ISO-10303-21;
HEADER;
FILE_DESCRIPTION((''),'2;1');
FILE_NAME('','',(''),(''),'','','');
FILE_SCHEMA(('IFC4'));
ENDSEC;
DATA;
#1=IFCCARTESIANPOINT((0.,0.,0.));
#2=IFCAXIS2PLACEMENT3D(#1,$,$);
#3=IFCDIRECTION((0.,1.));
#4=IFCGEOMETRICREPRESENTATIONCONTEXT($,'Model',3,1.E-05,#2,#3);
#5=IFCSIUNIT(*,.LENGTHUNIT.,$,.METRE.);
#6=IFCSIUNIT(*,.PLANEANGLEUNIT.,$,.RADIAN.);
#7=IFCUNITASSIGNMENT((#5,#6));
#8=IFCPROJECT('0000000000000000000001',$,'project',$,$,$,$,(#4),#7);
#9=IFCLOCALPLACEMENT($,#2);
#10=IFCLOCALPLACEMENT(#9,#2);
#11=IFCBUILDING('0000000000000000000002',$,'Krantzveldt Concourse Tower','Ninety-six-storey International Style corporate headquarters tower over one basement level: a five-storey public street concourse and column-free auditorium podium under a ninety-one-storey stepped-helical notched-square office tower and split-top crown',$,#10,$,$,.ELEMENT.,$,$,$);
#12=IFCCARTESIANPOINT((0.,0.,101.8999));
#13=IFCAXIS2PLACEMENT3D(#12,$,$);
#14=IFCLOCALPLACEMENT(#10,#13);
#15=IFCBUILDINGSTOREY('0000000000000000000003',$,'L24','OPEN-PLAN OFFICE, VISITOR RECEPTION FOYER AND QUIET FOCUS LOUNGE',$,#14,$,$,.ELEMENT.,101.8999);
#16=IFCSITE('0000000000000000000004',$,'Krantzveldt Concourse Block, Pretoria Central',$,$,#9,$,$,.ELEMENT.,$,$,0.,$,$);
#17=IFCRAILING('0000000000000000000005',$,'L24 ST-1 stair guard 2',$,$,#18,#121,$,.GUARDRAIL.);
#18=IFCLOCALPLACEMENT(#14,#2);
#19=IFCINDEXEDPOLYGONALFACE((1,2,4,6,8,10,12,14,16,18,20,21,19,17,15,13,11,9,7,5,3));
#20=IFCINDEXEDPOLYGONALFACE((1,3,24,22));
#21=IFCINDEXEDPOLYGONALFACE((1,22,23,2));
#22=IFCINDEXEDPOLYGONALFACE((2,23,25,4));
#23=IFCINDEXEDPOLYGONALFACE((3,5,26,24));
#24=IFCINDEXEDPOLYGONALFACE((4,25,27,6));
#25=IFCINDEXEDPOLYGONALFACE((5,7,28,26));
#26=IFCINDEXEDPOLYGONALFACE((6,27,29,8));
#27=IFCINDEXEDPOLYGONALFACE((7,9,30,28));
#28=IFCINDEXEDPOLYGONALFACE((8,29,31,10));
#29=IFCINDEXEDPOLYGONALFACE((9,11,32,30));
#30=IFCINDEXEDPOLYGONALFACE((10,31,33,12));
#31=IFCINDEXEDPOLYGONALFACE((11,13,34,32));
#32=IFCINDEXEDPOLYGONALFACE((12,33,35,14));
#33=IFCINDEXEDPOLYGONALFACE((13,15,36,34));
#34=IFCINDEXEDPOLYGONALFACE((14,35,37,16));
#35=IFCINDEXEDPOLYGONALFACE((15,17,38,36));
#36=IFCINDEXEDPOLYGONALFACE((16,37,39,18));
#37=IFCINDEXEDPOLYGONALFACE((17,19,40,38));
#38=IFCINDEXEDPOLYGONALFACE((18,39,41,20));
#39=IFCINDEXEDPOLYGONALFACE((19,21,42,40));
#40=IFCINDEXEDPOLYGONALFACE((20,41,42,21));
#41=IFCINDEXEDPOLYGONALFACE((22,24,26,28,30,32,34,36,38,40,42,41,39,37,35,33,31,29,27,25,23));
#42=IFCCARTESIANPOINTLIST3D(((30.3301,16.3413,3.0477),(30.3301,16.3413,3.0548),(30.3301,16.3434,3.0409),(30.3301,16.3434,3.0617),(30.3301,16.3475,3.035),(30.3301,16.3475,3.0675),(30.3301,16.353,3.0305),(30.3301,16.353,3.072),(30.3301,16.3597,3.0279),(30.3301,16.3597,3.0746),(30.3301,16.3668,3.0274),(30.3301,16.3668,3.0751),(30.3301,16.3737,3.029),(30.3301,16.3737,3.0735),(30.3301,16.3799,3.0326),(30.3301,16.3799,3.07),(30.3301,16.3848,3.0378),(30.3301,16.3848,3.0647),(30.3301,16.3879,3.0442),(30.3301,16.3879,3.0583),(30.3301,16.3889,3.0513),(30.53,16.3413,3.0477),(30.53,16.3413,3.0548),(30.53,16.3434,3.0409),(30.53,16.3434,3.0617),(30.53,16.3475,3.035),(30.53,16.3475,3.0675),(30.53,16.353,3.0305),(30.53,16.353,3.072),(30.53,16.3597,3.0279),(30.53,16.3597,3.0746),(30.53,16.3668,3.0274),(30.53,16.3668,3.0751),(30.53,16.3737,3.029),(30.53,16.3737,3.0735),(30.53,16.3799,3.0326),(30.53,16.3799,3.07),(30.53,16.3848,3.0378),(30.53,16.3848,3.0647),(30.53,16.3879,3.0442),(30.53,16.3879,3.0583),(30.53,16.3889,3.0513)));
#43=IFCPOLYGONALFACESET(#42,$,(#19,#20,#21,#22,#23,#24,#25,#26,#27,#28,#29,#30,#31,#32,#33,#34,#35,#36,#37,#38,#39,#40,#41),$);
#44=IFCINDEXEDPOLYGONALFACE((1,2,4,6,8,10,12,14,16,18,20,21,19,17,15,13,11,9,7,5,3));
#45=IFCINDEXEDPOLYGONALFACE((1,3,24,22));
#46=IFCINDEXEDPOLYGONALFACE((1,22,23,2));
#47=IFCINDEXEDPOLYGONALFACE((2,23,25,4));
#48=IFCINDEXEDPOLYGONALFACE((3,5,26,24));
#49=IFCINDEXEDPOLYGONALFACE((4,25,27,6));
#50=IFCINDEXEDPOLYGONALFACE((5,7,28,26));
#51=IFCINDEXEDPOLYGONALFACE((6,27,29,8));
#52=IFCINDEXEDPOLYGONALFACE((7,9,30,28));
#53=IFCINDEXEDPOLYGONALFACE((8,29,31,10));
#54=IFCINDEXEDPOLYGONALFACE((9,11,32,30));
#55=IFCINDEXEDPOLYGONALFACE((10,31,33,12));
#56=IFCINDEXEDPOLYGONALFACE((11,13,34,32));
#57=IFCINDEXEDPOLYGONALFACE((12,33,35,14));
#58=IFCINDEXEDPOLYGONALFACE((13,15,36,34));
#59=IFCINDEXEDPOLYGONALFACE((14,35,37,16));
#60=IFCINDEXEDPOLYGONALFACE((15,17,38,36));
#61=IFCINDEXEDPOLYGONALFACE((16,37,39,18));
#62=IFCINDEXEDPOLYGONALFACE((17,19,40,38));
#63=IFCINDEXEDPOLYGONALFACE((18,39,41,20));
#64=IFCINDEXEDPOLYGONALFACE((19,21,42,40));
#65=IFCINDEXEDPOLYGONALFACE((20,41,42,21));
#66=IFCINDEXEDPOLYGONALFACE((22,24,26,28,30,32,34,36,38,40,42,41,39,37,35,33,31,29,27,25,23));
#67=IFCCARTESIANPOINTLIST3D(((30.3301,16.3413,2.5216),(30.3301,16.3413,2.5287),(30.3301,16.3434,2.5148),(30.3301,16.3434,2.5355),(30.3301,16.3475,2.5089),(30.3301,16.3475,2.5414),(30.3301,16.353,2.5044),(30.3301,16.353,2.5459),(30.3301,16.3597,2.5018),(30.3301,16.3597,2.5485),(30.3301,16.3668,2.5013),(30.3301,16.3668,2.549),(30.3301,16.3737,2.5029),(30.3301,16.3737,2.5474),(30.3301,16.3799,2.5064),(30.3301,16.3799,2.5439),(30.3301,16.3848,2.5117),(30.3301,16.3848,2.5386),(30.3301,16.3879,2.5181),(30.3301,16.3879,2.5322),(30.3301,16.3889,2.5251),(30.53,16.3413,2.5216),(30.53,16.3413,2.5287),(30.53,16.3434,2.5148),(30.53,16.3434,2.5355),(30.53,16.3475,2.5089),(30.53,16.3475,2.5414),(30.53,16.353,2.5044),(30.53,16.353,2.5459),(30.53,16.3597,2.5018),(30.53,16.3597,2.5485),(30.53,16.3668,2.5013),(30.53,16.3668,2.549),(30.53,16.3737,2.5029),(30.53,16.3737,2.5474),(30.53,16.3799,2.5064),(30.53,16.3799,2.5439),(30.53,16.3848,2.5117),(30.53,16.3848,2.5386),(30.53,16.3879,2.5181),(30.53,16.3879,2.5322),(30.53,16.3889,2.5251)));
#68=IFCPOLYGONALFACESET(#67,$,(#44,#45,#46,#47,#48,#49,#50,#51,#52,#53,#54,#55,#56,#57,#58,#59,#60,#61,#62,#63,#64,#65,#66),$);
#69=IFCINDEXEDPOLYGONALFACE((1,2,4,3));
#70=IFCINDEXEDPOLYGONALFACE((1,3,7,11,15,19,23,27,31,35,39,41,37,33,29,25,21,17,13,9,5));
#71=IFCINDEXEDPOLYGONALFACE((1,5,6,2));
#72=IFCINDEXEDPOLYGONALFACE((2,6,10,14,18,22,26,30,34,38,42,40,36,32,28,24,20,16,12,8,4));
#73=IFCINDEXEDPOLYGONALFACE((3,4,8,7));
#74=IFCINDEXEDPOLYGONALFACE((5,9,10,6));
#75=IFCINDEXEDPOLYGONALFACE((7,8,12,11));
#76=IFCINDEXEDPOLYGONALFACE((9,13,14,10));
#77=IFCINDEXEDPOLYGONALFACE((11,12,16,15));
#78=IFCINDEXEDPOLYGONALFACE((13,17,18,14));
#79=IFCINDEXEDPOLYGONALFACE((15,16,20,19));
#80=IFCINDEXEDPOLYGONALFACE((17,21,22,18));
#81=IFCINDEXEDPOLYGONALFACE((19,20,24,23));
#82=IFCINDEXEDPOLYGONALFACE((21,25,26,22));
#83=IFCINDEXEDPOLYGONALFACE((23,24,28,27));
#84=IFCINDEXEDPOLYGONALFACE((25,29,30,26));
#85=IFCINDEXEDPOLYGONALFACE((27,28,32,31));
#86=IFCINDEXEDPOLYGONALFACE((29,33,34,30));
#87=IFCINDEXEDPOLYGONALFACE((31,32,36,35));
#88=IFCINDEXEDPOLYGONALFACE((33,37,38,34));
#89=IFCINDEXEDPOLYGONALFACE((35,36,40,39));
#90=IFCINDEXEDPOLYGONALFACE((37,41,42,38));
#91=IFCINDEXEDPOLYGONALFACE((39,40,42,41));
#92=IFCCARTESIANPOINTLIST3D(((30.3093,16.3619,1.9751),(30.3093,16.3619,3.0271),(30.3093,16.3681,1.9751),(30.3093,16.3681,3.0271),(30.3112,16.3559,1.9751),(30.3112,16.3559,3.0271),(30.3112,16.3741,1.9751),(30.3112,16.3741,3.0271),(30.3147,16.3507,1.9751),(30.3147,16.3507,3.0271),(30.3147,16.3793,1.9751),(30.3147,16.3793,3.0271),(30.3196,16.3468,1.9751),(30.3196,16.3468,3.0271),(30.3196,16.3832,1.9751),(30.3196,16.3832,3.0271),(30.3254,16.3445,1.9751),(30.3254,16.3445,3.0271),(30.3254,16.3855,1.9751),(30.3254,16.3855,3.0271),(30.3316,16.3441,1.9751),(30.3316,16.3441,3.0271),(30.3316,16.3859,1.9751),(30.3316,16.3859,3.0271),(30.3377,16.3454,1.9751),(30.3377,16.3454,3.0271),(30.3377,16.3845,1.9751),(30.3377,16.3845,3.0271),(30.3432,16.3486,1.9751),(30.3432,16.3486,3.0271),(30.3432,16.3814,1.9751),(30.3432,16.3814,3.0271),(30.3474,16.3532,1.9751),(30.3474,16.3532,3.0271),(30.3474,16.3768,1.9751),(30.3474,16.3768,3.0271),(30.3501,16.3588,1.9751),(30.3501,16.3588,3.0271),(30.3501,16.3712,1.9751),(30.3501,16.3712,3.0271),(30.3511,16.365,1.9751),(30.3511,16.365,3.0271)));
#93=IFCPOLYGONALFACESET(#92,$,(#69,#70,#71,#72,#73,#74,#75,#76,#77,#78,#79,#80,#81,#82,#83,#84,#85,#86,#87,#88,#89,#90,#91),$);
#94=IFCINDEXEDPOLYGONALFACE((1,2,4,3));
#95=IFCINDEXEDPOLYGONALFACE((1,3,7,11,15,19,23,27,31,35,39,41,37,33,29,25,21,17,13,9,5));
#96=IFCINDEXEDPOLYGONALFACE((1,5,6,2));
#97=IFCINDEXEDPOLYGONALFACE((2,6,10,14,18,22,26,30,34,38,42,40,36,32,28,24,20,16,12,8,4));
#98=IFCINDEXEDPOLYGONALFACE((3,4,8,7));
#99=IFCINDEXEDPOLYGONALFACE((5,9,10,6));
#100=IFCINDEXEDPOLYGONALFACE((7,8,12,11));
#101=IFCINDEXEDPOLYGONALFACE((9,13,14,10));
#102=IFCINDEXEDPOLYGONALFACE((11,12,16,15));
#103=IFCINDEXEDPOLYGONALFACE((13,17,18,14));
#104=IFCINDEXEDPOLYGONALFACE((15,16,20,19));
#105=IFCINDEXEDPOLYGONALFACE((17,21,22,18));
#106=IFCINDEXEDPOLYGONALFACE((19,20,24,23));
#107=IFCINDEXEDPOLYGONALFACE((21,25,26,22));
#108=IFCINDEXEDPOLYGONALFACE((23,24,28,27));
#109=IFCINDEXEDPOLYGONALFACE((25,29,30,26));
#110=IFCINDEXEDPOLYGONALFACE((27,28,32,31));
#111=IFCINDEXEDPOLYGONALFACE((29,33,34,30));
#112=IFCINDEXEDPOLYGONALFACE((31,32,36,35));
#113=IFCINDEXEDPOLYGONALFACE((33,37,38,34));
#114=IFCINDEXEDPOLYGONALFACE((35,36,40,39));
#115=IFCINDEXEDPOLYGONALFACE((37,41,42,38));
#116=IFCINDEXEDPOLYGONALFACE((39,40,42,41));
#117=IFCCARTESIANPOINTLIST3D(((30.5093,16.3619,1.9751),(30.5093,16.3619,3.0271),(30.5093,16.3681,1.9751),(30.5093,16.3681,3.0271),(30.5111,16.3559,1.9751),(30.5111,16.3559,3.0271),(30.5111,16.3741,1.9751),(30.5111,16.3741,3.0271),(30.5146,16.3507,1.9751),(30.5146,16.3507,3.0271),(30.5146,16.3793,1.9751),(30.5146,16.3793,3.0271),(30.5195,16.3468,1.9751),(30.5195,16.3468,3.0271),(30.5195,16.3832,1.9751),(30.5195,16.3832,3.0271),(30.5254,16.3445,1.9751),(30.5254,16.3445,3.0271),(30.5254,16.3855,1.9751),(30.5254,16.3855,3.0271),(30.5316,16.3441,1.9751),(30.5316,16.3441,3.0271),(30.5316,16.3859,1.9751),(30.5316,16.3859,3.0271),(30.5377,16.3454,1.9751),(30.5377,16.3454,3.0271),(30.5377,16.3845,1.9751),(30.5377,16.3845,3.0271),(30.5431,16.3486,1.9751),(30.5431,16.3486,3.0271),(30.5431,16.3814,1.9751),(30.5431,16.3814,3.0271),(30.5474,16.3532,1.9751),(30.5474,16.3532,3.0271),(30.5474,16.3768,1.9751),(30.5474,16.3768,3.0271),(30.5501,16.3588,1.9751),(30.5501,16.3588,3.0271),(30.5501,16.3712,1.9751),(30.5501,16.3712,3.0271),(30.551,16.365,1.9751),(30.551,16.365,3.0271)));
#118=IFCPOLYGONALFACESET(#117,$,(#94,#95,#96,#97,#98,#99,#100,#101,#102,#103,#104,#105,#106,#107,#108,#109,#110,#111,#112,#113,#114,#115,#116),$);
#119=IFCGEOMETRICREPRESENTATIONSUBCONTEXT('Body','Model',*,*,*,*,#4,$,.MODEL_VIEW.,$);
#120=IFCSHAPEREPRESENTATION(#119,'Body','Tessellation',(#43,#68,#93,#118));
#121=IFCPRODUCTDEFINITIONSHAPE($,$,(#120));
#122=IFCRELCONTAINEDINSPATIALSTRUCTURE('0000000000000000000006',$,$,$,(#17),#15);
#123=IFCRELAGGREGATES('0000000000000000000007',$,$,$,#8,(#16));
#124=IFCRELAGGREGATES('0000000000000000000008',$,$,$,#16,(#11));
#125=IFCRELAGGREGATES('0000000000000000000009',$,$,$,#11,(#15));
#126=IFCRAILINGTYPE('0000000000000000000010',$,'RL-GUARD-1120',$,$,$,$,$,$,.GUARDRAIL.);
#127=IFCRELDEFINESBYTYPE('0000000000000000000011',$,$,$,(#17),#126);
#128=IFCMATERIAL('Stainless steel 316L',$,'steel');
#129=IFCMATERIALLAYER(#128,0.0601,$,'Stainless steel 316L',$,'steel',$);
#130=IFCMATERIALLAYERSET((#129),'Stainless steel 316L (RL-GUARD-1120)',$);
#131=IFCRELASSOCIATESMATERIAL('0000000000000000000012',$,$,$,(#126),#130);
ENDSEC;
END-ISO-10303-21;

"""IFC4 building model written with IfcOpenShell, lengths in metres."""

from ifc_helpers import new_model, si_unit, direction, frame, origin, origin_2d, place, context, subcontext, project, spatial, circle, extrude, material, layer, layer_set, type_object, element, save


model = new_model("IFC4")

# Units and contexts
model_context = context("Model", 3, precision=1e-05, world=origin(), true_north=direction((0.0, 1.0)))
body_context = subcontext(model_context, "Body", "Model", "MODEL_VIEW")
ifc_project = project(units=[si_unit("LENGTHUNIT", "METRE"), si_unit("PLANEANGLEUNIT", "RADIAN")], contexts=[model_context])

# Site, building, storey
site_placement = place(None, origin())
site = spatial("IfcSite", under=ifc_project, at=site_placement, Name="Krantzveldt Concourse Block, Pretoria Central", CompositionType="ELEMENT", RefElevation=0.0)
building_placement = place(site_placement, origin())
building = spatial("IfcBuilding", under=site, at=building_placement, Name="Krantzveldt Concourse Tower", Description="Ninety-six-storey International Style corporate headquarters tower over one basement level: a five-storey public street concourse and column-free auditorium podium under a ninety-one-storey stepped-helical notched-square office tower and split-top crown", CompositionType="ELEMENT")
storey_placement = place(building_placement, frame((0.0, 0.0, 101.8999)))
storey = spatial("IfcBuildingStorey", under=building, at=storey_placement, Name="L24", Description="OPEN-PLAN OFFICE, VISITOR RECEPTION FOYER AND QUIET FOCUS LOUNGE", CompositionType="ELEMENT", Elevation=101.8999)

# Railing
ifc_material_1 = material(Name="Stainless steel 316L", Category="steel")
ifc_layer_1 = layer(ifc_material_1, 0.0601, Name="Stainless steel 316L", Category="steel")
ifc_layer_set_1 = layer_set([ifc_layer_1], Name="Stainless steel 316L (RL-GUARD-1120)")
railing_type_1 = type_object("IfcRailingType", Name="RL-GUARD-1120", PredefinedType="GUARDRAIL", material=ifc_layer_set_1)
railing_1_placement = place(storey_placement, frame((30.3301, 16.365, 1.9751)))
element("IfcRailing", 1, at=railing_1_placement, inside=storey, type_object=railing_type_1, Name="L24 ST-1 stair guard 2", PredefinedType="GUARDRAIL", context=body_context, shape_type="SweptSolid", body=[
    extrude(circle(Radius=0.0239, at=origin_2d()), frame((0.0, 0.0, 1.0762), z_axis=(1.0, 0.0, 0.0), x_axis=(0.0, 1.0, 0.0)), (0.0, 0.0, 1.0), 0.2),
    extrude(circle(Radius=0.0239, at=origin_2d()), frame((0.0, 0.0, 0.55), z_axis=(1.0, 0.0, 0.0), x_axis=(0.0, 1.0, 0.0)), (0.0, 0.0, 1.0), 0.2),
    extrude(circle(Radius=0.021, at=origin_2d()), origin(), (0.0, 0.0, 1.0), 1.052),
    extrude(circle(Radius=0.021, at=origin_2d()), frame((0.2, 0.0, 0.0)), (0.0, 0.0, 1.0), 1.052),
])

save(model, "model.ifc")
